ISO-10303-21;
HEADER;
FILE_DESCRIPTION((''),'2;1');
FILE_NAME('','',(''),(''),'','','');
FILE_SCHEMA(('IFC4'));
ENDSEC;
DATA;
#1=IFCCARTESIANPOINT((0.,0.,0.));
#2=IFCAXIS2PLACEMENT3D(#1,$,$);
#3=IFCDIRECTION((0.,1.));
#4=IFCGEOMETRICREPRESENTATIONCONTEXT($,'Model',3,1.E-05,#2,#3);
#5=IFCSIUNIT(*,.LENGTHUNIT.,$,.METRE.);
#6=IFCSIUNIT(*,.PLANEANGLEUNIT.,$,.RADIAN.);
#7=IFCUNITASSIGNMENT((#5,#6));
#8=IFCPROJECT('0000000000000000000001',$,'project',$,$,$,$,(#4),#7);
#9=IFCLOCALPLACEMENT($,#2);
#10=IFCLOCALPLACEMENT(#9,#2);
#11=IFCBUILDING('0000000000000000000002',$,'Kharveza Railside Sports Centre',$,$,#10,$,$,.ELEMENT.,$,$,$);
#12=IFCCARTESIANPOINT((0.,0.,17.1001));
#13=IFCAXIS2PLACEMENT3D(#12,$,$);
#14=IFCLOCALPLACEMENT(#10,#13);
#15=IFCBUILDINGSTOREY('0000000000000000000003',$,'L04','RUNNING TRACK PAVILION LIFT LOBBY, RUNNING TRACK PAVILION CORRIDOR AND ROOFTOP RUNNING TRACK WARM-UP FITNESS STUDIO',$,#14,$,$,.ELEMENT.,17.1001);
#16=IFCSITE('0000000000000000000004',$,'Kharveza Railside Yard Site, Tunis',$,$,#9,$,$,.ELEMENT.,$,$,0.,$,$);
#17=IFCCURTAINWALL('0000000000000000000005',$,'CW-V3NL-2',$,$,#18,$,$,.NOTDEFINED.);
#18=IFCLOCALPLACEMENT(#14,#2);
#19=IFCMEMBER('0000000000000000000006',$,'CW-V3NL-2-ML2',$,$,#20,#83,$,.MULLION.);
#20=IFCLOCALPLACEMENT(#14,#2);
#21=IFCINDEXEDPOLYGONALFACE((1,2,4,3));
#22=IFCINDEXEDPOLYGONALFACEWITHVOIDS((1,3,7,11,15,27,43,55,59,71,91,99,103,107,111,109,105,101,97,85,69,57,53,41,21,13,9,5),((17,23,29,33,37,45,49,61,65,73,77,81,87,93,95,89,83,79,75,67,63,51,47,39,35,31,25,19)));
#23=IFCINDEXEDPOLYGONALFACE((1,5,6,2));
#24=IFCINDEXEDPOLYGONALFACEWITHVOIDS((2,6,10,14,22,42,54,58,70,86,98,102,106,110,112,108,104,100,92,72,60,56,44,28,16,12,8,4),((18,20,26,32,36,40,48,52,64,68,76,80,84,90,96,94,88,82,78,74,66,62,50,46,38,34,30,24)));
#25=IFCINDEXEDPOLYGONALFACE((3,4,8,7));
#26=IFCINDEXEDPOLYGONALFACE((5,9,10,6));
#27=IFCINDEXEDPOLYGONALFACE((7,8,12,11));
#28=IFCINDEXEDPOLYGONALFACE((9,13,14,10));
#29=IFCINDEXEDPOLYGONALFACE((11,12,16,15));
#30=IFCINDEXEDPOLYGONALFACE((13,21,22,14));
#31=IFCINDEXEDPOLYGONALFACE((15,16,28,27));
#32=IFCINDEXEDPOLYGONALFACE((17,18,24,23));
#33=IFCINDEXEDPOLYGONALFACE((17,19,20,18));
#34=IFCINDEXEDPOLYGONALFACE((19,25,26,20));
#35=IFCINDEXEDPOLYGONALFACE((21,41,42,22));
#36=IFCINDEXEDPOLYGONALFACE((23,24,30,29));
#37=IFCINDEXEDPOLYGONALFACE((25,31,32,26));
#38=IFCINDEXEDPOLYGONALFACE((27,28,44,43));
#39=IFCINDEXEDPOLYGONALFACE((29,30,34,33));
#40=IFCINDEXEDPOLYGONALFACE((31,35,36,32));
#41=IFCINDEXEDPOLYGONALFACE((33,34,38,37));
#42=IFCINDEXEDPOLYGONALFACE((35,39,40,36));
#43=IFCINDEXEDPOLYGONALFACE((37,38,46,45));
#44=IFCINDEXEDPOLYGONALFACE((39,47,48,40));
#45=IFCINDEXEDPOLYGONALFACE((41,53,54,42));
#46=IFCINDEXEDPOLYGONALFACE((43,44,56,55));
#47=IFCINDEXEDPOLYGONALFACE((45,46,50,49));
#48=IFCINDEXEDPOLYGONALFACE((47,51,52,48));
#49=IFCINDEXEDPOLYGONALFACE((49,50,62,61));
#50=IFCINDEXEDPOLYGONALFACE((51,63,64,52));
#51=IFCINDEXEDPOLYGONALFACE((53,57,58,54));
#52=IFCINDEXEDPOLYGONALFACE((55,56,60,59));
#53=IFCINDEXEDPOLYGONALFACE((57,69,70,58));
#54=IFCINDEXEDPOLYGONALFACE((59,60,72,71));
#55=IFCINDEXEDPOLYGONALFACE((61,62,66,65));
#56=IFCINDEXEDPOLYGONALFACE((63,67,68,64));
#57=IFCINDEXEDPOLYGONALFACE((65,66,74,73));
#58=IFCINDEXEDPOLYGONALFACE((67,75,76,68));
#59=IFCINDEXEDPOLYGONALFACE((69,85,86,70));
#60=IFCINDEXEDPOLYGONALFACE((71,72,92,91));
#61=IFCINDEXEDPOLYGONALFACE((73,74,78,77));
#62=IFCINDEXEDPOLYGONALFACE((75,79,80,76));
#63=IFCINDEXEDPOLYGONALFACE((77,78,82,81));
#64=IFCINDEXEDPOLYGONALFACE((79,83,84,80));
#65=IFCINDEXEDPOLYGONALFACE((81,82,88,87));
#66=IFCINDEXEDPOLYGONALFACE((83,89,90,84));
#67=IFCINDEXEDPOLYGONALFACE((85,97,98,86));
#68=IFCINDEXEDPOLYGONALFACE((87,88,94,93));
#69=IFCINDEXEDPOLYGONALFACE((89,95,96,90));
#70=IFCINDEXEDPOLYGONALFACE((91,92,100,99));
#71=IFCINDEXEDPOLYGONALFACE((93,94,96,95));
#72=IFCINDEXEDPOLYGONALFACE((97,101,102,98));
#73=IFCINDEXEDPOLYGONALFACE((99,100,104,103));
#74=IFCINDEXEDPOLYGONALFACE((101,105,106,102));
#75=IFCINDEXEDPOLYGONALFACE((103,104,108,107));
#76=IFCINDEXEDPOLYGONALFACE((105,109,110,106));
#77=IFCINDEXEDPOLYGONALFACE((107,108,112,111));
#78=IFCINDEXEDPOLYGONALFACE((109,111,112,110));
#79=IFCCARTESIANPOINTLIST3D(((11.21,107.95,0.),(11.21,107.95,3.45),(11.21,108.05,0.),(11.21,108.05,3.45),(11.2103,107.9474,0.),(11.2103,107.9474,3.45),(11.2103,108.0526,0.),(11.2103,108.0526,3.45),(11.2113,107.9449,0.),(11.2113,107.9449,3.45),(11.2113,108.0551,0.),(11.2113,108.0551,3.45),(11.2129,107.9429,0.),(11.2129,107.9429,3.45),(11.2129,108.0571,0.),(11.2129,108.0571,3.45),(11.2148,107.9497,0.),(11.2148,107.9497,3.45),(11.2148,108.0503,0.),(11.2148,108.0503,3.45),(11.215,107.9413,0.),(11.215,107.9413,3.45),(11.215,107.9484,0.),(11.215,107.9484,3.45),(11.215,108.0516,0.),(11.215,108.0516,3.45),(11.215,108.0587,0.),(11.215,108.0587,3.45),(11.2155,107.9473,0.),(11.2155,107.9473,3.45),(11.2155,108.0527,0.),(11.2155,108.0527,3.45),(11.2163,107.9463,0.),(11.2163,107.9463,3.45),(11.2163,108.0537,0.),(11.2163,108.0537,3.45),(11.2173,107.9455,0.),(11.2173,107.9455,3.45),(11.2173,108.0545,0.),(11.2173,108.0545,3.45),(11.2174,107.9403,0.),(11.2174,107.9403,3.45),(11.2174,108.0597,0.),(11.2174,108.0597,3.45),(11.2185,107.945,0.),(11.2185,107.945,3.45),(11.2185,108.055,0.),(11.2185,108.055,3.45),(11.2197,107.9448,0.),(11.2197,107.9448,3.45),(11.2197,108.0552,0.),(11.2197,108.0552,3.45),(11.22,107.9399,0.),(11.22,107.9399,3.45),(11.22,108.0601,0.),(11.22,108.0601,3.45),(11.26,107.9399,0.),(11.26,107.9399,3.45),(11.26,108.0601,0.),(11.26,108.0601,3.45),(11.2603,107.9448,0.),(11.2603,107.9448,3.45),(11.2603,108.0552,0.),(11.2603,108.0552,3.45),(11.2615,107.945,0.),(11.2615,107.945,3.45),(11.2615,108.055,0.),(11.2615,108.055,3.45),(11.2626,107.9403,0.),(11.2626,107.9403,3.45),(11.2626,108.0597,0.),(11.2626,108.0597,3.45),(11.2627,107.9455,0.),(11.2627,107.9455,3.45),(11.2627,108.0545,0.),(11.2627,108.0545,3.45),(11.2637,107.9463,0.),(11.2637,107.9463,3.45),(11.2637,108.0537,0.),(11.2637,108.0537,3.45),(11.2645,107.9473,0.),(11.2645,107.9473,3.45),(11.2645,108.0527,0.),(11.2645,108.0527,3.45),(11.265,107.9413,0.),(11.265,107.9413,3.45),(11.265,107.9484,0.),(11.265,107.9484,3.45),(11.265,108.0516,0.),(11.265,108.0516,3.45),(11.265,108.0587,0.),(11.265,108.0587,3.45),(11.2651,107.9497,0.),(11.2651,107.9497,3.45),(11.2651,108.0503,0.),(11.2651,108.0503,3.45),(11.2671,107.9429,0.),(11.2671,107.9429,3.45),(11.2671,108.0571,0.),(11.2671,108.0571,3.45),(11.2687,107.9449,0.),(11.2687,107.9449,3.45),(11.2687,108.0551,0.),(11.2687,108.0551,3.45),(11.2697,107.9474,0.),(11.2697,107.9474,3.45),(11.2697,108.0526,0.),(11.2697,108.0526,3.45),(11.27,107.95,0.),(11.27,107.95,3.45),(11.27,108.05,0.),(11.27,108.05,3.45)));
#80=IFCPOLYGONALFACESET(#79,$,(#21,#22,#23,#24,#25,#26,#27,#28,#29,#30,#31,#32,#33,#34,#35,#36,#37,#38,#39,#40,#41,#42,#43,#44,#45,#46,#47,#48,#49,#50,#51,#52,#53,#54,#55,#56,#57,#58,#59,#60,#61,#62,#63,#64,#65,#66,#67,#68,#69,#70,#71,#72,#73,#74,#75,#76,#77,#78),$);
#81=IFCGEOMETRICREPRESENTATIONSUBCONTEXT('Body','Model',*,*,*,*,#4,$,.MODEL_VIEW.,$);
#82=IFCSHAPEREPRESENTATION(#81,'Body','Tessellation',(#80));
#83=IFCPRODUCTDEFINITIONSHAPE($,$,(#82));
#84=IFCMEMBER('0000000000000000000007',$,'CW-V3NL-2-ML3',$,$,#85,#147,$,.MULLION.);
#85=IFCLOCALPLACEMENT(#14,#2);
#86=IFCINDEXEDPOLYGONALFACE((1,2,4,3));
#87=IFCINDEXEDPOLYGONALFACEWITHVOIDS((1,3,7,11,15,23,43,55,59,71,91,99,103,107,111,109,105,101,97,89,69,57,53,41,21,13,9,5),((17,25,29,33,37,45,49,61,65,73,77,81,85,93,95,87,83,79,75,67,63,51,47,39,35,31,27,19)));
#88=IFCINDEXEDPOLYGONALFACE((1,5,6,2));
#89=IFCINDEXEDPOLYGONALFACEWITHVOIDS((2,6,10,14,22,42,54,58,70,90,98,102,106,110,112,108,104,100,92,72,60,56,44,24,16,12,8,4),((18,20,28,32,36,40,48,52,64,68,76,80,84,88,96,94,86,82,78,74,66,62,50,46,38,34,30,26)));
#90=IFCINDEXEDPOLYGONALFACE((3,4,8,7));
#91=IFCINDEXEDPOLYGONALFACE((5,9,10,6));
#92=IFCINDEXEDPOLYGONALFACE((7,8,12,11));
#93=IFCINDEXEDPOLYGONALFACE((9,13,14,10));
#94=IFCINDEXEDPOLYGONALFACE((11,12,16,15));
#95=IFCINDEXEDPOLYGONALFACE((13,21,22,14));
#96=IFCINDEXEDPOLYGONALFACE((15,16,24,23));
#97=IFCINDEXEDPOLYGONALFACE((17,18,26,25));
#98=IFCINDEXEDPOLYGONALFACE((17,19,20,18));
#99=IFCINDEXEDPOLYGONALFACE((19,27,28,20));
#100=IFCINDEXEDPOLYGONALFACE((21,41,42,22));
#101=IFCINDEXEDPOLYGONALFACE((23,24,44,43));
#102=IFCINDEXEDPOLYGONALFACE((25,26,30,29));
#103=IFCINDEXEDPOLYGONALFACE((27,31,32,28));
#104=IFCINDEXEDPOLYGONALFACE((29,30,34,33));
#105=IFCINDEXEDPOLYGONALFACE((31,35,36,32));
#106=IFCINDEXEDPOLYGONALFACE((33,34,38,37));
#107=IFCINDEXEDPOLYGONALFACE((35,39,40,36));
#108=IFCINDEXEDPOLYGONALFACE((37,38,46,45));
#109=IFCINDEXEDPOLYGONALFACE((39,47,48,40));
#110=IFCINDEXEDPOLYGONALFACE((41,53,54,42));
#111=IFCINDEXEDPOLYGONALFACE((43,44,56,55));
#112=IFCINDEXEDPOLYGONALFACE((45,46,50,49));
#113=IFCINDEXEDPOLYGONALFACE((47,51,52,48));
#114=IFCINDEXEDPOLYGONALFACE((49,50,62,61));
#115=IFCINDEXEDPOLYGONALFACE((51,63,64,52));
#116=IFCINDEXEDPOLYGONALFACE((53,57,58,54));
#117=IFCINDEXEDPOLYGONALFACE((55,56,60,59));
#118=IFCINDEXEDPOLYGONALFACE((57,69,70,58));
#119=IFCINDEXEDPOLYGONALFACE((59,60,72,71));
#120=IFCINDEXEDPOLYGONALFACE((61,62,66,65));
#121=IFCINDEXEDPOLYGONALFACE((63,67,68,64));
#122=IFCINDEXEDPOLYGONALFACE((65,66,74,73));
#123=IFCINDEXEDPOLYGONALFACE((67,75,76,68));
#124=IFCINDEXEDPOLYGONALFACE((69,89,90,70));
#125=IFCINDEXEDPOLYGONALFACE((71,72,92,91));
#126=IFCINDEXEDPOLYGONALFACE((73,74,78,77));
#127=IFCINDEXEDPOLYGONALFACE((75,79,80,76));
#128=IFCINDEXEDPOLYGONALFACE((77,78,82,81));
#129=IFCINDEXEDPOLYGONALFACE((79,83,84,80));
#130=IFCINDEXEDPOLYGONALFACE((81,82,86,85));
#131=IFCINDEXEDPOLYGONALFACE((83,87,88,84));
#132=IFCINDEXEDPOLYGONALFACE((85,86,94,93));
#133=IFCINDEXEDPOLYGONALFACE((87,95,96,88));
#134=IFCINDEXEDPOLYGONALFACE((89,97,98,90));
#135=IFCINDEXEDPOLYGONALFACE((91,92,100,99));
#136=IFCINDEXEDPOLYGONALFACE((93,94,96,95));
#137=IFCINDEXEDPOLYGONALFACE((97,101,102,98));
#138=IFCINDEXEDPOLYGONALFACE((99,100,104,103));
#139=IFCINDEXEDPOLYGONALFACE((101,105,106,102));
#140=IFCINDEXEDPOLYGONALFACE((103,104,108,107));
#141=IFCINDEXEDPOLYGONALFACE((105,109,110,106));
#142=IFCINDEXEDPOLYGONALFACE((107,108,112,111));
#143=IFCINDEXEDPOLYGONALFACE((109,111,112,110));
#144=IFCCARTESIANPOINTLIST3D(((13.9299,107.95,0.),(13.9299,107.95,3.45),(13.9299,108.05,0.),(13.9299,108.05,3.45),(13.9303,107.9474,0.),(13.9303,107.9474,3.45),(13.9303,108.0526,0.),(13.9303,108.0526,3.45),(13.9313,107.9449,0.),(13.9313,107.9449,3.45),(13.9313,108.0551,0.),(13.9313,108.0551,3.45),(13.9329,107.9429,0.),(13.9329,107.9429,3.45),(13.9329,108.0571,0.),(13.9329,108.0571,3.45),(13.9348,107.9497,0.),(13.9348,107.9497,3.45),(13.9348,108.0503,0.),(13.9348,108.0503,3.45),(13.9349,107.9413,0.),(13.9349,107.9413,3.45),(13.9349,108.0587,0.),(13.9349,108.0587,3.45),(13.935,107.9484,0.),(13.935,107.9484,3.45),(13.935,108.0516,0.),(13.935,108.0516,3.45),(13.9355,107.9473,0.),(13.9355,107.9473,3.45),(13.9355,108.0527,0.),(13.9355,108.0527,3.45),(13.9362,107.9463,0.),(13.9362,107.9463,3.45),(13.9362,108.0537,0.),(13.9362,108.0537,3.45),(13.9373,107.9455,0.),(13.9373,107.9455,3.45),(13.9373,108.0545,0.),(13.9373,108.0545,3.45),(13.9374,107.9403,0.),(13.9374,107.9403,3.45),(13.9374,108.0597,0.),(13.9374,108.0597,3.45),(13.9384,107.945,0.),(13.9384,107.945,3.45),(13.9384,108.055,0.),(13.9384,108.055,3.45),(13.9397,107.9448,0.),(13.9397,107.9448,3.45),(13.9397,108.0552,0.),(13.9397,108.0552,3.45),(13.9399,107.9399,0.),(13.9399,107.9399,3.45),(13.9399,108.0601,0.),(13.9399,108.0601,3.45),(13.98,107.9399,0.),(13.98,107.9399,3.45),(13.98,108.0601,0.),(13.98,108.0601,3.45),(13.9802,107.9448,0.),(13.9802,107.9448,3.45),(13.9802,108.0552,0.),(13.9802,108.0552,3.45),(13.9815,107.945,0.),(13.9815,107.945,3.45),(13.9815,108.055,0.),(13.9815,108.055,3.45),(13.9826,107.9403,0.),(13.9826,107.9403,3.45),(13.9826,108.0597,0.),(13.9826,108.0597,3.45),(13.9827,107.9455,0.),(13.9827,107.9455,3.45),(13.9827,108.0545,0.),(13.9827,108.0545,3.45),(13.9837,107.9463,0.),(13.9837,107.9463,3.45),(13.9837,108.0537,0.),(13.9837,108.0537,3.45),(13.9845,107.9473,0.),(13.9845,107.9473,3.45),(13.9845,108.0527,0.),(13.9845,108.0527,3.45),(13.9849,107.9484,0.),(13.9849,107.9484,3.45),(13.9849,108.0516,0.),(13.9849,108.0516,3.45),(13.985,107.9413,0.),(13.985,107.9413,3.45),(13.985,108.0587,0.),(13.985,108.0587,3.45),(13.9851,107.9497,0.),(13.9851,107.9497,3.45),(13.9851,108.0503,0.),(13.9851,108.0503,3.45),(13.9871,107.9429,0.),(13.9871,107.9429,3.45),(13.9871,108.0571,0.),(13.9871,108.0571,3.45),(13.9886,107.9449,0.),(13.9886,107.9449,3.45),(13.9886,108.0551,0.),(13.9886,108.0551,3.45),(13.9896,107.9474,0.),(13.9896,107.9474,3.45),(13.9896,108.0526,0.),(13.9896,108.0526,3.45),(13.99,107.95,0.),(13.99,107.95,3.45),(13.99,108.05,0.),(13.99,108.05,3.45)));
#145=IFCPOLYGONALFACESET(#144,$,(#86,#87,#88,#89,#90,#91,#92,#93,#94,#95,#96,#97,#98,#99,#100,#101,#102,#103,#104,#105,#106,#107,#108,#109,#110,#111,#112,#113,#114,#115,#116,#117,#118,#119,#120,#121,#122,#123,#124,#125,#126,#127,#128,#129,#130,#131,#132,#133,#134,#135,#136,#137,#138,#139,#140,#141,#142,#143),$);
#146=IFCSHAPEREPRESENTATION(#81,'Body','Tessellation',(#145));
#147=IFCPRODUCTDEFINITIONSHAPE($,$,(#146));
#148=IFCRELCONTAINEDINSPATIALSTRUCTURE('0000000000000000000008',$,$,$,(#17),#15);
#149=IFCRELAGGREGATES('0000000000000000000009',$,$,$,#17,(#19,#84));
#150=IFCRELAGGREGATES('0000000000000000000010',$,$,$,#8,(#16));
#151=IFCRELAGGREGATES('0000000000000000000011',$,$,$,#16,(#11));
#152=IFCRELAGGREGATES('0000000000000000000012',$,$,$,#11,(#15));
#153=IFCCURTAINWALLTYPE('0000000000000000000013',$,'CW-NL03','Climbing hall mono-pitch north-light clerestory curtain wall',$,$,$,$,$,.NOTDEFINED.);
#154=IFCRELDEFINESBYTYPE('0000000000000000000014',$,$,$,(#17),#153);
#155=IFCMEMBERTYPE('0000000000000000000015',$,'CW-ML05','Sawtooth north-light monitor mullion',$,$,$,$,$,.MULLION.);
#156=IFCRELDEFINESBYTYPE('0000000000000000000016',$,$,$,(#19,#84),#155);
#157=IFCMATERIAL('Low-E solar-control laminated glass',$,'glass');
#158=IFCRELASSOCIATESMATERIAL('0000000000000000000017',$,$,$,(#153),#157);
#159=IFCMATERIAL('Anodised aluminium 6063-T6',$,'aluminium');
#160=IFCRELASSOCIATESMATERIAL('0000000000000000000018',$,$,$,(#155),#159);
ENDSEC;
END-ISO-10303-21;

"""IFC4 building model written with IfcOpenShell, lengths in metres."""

from ifc_helpers import new_model, si_unit, direction, frame, origin, origin_2d, place, context, subcontext, project, spatial, hollow_rectangle, extrude, material, material_profile, profile_set, type_object, element, aggregate, save


model = new_model("IFC4")

# Units and contexts
model_context = context("Model", 3, precision=1e-05, world=origin(), true_north=direction((0.0, 1.0)))
body_context = subcontext(model_context, "Body", "Model", "MODEL_VIEW")
ifc_project = project(units=[si_unit("LENGTHUNIT", "METRE"), si_unit("PLANEANGLEUNIT", "RADIAN")], contexts=[model_context])

# Site, building, storey
site_placement = place(None, origin())
site = spatial("IfcSite", under=ifc_project, at=site_placement, Name="Kharveza Railside Yard Site, Tunis", CompositionType="ELEMENT", RefElevation=0.0)
building_placement = place(site_placement, origin())
building = spatial("IfcBuilding", under=site, at=building_placement, Name="Kharveza Railside Sports Centre", CompositionType="ELEMENT")
storey_placement = place(building_placement, frame((0.0, 0.0, 17.1001)))
storey = spatial("IfcBuildingStorey", under=building, at=storey_placement, Name="L04", Description="RUNNING TRACK PAVILION LIFT LOBBY, RUNNING TRACK PAVILION CORRIDOR AND ROOFTOP RUNNING TRACK WARM-UP FITNESS STUDIO", CompositionType="ELEMENT", Elevation=17.1001)

# Curtain wall, members
ifc_material_1 = material(Name="Low-E solar-control laminated glass", Category="glass")
curtain_wall_type = type_object("IfcCurtainWallType", Name="CW-NL03", Description="Climbing hall mono-pitch north-light clerestory curtain wall", PredefinedType="NOTDEFINED", material=ifc_material_1)
curtain_wall_1_placement = place(storey_placement, origin())
curtain_wall_1 = element("IfcCurtainWall", 1, at=curtain_wall_1_placement, inside=storey, type_object=curtain_wall_type, Name="CW-V3NL-2", PredefinedType="NOTDEFINED")
ifc_material_2 = material(Name="Anodised aluminium 6063-T6", Category="aluminium")
ifc_material_profile_1 = material_profile(ifc_material_2, hollow_rectangle(XDim=0.0601, YDim=0.1201, WallThickness=0.0049, InnerFilletRadius=0.0049, OuterFilletRadius=0.01, at=origin_2d()), Name="RHS 60x120x5.0")
ifc_profile_set_1 = profile_set([ifc_material_profile_1], Name="Anodised aluminium 6063-T6")
member_type_1 = type_object("IfcMemberType", Name="CW-ML05", Description="Sawtooth north-light monitor mullion", PredefinedType="MULLION", material=ifc_profile_set_1)
member_1_placement = place(storey_placement, frame((11.24, 108.0, 0.0), z_axis=(0.0, 0.0, 1.0), x_axis=(1.0, 0.0, 0.0)))
member_1 = element("IfcMember", 2, at=member_1_placement, type_object=member_type_1, Name="CW-V3NL-2-ML2", PredefinedType="MULLION", context=body_context, shape_type="SweptSolid", body=[
    extrude(hollow_rectangle(XDim=0.0601, YDim=0.1201, WallThickness=0.0049, InnerFilletRadius=0.0049, OuterFilletRadius=0.01, at=origin_2d()), origin(), (0.0, 0.0, 1.0), 3.45),
])
member_2_placement = place(storey_placement, frame((13.96, 108.0, 0.0), z_axis=(0.0, 0.0, 1.0), x_axis=(1.0, 0.0, 0.0)))
member_2 = element("IfcMember", 3, at=member_2_placement, type_object=member_type_1, Name="CW-V3NL-2-ML3", PredefinedType="MULLION", context=body_context, shape_type="SweptSolid", body=[
    extrude(hollow_rectangle(XDim=0.0601, YDim=0.1201, WallThickness=0.0049, InnerFilletRadius=0.0049, OuterFilletRadius=0.01, at=origin_2d()), origin(), (0.0, 0.0, 1.0), 3.45),
])

aggregate(curtain_wall_1, [member_1, member_2])

save(model, "model.ifc")
